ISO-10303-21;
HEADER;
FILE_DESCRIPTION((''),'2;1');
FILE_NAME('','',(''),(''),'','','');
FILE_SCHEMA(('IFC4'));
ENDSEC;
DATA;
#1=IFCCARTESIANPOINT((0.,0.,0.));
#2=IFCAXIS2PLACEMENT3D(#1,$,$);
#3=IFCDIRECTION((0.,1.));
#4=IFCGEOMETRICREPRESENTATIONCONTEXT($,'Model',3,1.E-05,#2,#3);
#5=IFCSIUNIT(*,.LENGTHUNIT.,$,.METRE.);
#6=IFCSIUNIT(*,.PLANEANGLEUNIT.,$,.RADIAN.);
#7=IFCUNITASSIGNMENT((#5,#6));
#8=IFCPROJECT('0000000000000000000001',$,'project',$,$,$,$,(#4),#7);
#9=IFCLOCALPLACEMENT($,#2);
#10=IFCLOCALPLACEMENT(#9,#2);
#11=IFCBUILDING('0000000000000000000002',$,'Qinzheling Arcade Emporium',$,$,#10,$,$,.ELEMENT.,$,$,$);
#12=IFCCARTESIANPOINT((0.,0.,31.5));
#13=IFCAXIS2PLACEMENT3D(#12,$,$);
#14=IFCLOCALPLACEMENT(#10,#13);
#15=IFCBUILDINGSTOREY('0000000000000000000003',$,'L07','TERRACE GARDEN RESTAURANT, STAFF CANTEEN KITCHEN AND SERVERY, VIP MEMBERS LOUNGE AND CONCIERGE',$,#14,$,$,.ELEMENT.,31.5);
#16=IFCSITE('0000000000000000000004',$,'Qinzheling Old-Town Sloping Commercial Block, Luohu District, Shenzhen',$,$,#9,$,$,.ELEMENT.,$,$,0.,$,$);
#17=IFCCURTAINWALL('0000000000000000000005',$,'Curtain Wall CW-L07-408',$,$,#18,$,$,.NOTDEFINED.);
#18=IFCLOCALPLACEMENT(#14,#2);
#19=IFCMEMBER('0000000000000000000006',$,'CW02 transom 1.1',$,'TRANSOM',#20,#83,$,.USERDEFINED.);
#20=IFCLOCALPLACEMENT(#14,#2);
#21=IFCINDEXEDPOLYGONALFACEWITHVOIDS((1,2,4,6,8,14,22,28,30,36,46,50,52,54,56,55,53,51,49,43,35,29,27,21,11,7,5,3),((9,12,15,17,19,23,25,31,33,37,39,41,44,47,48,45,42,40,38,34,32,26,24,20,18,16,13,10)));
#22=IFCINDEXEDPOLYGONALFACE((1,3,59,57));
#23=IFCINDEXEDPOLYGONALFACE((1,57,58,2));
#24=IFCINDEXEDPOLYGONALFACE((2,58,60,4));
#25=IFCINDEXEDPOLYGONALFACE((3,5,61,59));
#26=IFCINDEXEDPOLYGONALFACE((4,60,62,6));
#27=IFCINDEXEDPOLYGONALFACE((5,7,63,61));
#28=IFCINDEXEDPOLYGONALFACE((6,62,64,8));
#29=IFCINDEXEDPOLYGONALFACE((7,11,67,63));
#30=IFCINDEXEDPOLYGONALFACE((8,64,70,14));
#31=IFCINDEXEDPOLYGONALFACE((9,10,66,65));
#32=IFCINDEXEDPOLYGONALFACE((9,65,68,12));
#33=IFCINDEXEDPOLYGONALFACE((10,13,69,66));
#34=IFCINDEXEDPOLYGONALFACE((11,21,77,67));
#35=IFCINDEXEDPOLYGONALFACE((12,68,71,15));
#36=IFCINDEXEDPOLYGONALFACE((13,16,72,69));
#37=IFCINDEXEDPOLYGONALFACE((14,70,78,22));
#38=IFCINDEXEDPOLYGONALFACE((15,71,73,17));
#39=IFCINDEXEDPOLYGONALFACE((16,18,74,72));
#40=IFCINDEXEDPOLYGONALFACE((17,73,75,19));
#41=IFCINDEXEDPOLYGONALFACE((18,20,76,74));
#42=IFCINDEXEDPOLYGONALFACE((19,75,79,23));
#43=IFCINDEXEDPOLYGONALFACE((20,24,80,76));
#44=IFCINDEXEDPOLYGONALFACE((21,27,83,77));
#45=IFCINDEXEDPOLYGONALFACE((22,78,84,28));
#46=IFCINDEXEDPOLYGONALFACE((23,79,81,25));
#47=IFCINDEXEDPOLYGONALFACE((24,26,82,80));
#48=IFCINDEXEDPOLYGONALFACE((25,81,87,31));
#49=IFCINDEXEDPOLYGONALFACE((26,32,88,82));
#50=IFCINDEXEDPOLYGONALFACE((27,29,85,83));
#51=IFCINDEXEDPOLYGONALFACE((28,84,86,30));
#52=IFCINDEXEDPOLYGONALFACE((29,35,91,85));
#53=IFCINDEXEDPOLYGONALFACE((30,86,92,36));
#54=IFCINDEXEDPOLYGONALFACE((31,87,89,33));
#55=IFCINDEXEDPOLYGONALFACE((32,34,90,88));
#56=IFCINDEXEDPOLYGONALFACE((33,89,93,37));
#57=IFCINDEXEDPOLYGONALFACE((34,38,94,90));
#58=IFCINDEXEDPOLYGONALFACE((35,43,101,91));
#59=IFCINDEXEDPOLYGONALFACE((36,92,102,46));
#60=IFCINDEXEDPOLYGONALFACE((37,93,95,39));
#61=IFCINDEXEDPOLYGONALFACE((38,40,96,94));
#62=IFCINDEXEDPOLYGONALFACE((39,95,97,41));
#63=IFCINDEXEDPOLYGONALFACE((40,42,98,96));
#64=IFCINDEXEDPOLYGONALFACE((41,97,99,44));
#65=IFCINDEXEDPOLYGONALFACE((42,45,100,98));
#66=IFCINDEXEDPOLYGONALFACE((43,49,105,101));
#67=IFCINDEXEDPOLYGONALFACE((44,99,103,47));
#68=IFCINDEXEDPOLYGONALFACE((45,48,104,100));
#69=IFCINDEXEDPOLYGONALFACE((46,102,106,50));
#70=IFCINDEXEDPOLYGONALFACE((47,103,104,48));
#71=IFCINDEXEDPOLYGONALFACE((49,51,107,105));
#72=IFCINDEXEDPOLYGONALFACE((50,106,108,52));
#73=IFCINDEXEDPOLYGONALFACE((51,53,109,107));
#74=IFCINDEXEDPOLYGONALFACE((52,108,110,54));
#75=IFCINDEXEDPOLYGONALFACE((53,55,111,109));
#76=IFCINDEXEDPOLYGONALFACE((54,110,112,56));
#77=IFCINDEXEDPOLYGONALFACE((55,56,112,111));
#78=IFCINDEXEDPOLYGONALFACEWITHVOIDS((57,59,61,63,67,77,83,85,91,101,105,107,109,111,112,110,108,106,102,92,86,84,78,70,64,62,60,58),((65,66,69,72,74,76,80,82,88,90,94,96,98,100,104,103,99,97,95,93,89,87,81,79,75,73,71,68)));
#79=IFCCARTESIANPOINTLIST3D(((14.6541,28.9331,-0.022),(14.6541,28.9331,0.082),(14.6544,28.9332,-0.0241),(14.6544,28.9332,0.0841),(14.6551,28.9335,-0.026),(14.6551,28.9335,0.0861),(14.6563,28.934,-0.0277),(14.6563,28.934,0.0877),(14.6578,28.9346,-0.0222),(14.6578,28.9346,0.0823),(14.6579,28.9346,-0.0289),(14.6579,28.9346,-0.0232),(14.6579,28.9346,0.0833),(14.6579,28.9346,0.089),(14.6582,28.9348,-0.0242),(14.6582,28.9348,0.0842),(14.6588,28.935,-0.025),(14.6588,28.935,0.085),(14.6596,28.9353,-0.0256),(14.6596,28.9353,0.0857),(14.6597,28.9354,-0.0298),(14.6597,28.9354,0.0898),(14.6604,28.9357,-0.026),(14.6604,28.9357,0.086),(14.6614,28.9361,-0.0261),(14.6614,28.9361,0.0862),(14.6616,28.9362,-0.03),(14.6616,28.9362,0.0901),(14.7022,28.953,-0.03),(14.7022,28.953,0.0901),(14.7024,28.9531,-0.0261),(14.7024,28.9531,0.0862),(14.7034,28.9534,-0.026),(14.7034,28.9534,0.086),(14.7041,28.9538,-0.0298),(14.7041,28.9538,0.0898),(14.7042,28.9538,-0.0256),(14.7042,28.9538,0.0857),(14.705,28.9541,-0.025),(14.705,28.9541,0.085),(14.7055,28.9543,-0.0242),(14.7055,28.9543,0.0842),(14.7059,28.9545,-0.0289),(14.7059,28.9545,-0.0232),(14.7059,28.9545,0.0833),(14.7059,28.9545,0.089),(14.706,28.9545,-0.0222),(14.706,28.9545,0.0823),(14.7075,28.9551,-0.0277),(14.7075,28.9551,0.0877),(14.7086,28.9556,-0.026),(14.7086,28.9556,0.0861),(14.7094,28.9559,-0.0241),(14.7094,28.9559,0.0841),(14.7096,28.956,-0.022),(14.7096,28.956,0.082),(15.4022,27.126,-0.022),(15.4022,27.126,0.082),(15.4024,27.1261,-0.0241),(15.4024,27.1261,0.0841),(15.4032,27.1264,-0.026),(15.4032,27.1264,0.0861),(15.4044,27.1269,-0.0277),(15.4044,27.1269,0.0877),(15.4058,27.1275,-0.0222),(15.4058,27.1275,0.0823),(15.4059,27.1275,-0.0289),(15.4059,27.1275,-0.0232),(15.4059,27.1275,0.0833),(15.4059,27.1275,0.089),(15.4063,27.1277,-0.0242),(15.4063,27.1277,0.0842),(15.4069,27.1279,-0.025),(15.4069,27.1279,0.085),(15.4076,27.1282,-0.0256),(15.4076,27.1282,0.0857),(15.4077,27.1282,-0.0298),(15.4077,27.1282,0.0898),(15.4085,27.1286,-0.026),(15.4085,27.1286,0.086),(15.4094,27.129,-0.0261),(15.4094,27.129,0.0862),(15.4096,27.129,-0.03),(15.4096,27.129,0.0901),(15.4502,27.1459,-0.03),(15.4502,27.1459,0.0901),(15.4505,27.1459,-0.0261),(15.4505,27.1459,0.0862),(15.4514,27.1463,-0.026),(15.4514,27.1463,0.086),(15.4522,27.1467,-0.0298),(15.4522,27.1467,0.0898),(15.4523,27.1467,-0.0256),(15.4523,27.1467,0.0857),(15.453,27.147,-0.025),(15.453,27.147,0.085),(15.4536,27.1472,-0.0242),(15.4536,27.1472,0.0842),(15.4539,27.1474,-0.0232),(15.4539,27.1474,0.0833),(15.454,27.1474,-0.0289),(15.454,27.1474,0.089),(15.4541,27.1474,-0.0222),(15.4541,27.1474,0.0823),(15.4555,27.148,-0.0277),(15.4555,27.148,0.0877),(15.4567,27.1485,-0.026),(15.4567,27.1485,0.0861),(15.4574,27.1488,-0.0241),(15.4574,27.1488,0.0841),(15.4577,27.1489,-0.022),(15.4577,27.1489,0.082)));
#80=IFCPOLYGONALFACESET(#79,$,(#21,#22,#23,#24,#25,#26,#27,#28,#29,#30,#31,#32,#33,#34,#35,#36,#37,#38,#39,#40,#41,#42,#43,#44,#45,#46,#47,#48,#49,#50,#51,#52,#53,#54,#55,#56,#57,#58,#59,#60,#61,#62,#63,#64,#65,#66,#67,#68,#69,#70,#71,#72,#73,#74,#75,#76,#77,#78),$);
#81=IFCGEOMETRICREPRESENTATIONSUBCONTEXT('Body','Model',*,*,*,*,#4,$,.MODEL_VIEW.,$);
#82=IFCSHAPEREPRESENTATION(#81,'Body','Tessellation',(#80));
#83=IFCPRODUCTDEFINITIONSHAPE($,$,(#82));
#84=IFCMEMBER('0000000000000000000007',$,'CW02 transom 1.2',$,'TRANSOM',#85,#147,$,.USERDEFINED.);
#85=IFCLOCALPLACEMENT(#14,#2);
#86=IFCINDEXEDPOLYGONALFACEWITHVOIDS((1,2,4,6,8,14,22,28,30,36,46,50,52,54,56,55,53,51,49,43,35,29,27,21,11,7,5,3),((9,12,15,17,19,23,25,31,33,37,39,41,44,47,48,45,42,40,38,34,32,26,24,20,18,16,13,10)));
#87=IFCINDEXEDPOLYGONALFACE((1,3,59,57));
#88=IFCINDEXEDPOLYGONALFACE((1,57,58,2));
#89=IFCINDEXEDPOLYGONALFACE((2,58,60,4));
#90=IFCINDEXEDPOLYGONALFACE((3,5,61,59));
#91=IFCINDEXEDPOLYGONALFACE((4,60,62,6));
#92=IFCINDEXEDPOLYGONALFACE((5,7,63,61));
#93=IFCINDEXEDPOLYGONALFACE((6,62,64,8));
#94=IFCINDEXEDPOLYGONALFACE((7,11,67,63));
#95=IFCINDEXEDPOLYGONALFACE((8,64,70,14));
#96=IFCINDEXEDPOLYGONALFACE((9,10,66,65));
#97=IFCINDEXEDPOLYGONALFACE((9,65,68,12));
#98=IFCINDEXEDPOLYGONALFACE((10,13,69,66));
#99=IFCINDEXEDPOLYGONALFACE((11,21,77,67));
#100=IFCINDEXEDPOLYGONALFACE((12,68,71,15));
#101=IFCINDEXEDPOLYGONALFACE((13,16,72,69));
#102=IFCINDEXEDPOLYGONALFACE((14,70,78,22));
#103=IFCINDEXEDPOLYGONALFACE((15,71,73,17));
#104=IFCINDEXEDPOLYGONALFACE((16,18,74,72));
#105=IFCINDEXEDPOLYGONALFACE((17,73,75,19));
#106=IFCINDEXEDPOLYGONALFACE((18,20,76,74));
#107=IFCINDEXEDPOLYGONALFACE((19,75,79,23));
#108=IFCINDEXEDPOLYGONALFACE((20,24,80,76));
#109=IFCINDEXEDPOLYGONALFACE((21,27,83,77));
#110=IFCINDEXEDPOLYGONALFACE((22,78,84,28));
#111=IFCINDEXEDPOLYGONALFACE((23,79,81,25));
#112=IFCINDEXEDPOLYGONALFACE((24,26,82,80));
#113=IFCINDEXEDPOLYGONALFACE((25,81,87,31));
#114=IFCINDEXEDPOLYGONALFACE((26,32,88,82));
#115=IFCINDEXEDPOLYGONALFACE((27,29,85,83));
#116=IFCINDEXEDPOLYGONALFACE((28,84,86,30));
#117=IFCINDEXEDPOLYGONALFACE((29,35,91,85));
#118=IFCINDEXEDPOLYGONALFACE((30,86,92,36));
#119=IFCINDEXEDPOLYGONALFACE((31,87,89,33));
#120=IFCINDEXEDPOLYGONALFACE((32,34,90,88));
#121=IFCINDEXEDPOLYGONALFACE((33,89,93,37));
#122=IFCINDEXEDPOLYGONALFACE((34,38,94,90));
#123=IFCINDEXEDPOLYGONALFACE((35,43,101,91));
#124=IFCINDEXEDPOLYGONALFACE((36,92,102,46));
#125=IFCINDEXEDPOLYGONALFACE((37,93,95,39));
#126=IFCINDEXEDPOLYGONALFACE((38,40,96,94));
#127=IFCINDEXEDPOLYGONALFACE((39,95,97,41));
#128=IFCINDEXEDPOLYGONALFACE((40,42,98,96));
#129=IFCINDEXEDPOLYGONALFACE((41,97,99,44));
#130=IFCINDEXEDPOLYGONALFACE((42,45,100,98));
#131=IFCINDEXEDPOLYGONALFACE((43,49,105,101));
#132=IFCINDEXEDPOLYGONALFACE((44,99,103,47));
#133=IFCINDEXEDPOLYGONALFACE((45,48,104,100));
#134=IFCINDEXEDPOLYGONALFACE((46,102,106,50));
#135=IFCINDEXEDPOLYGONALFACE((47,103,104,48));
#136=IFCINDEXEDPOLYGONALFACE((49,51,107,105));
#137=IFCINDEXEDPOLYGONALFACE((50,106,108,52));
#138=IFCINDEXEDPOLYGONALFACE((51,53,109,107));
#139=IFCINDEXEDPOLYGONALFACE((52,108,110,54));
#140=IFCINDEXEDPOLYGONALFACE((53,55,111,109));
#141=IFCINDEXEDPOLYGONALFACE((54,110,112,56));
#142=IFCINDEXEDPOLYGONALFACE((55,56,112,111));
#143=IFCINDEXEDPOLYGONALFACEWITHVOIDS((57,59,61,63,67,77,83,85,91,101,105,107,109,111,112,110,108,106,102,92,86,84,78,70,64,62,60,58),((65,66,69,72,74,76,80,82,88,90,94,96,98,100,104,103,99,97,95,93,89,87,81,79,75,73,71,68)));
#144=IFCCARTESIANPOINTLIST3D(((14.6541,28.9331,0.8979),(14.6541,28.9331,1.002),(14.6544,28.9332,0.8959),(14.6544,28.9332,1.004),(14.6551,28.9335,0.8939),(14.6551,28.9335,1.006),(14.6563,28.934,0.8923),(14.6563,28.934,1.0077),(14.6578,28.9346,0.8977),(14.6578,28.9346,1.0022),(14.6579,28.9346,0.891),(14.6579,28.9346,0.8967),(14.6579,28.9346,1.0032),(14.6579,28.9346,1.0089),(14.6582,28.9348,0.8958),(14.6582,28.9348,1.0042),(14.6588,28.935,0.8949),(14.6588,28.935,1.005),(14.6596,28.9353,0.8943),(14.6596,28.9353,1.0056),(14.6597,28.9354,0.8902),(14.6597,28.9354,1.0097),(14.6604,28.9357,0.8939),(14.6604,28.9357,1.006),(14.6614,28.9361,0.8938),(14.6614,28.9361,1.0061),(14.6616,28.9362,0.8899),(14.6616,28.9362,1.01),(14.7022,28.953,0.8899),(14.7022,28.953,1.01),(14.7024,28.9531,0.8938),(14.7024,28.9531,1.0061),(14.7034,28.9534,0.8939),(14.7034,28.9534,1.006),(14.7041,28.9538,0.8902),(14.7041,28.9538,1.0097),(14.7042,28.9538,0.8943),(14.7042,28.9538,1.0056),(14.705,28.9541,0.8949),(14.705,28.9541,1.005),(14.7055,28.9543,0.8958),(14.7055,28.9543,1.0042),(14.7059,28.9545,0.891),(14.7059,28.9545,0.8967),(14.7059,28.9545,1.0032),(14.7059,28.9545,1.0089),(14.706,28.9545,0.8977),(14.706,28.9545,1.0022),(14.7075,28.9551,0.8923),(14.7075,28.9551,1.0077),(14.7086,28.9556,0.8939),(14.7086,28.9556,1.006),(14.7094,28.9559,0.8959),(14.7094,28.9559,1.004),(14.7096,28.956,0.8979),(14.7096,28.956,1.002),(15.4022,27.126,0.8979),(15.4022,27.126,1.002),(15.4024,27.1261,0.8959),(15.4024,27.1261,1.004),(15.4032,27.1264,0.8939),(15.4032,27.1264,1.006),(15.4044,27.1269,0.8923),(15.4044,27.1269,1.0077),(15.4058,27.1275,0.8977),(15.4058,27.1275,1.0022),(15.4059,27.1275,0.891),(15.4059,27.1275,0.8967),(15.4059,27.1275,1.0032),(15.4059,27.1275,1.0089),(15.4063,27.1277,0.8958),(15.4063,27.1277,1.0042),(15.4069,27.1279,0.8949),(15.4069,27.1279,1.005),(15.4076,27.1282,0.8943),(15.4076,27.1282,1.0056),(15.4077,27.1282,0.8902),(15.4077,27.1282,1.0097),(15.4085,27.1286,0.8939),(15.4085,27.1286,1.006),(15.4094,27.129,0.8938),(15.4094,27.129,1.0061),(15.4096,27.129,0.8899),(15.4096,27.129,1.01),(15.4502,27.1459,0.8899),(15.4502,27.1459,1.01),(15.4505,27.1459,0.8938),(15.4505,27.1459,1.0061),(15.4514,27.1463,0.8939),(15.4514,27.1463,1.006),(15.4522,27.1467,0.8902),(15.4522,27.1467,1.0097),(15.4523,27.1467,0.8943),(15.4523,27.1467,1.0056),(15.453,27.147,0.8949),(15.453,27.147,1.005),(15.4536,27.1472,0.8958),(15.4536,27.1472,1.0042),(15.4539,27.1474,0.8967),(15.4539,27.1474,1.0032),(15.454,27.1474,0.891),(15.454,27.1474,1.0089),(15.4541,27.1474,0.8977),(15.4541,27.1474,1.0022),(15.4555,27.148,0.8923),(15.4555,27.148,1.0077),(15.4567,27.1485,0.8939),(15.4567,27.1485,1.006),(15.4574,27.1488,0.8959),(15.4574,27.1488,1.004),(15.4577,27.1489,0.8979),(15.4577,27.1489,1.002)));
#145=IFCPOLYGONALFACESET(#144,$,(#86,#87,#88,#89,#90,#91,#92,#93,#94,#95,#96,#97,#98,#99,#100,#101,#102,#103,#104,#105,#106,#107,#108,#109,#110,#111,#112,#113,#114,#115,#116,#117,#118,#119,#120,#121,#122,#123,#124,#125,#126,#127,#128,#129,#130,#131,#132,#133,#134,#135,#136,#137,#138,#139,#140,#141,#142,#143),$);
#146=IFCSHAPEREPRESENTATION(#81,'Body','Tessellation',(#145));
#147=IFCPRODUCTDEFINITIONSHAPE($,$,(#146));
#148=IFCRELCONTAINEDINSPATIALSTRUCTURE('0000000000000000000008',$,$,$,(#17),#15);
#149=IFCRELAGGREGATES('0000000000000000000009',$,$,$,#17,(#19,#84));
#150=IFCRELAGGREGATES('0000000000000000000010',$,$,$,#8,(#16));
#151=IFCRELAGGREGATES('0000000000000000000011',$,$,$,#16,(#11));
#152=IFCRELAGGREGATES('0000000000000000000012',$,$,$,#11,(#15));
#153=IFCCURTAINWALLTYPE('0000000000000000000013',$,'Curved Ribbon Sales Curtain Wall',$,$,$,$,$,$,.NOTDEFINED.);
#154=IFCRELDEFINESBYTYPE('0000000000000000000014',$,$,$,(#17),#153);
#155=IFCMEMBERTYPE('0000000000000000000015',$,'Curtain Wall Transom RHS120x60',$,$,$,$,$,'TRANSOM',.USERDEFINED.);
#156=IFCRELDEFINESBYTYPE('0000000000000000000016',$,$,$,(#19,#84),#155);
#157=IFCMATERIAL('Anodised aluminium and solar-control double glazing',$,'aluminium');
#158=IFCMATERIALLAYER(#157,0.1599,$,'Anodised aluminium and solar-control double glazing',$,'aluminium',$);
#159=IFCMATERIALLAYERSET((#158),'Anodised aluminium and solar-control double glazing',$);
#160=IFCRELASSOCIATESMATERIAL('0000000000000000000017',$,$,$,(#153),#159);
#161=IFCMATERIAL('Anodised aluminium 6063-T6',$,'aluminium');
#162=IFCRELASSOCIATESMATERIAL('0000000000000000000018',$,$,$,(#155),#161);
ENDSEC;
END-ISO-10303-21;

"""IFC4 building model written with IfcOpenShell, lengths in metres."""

from ifc_helpers import new_model, si_unit, direction, frame, origin, origin_2d, place, context, subcontext, project, spatial, hollow_rectangle, extrude, material, layer, layer_set, material_profile, profile_set, type_object, element, aggregate, save


model = new_model("IFC4")

# Units and contexts
model_context = context("Model", 3, precision=1e-05, world=origin(), true_north=direction((0.0, 1.0)))
body_context = subcontext(model_context, "Body", "Model", "MODEL_VIEW")
ifc_project = project(units=[si_unit("LENGTHUNIT", "METRE"), si_unit("PLANEANGLEUNIT", "RADIAN")], contexts=[model_context])

# Site, building, storey
site_placement = place(None, origin())
site = spatial("IfcSite", under=ifc_project, at=site_placement, Name="Qinzheling Old-Town Sloping Commercial Block, Luohu District, Shenzhen", CompositionType="ELEMENT", RefElevation=0.0)
building_placement = place(site_placement, origin())
building = spatial("IfcBuilding", under=site, at=building_placement, Name="Qinzheling Arcade Emporium", CompositionType="ELEMENT")
storey_placement = place(building_placement, frame((0.0, 0.0, 31.5)))
storey = spatial("IfcBuildingStorey", under=building, at=storey_placement, Name="L07", Description="TERRACE GARDEN RESTAURANT, STAFF CANTEEN KITCHEN AND SERVERY, VIP MEMBERS LOUNGE AND CONCIERGE", CompositionType="ELEMENT", Elevation=31.5)

# Shared definitions
ifc_material_1 = material(Name="Anodised aluminium and solar-control double glazing", Category="aluminium")
ifc_layer_1 = layer(ifc_material_1, 0.1599, Name="Anodised aluminium and solar-control double glazing", Category="aluminium")
ifc_layer_set_1 = layer_set([ifc_layer_1], Name="Anodised aluminium and solar-control double glazing")
curtain_wall_type = type_object("IfcCurtainWallType", Name="Curved Ribbon Sales Curtain Wall", PredefinedType="NOTDEFINED", material=ifc_layer_set_1)
ifc_material_2 = material(Name="Anodised aluminium 6063-T6", Category="aluminium")

# Curtain wall
curtain_wall_1_placement = place(storey_placement, origin())
curtain_wall_1 = element("IfcCurtainWall", 1, at=curtain_wall_1_placement, inside=storey, type_object=curtain_wall_type, Name="Curtain Wall CW-L07-408", PredefinedType="NOTDEFINED")

# Members
ifc_material_profile_1 = material_profile(ifc_material_2, hollow_rectangle(XDim=0.0601, YDim=0.1201, WallThickness=0.0039, InnerFilletRadius=0.0039, OuterFilletRadius=0.0081, at=origin_2d()), Name="RHS 120x60x4", Category="aluminium")
ifc_profile_set_1 = profile_set([ifc_material_profile_1], Name="Anodised aluminium 6063-T6")
member_type_1 = type_object("IfcMemberType", Name="Curtain Wall Transom RHS120x60", ElementType="TRANSOM", PredefinedType="USERDEFINED", material=ifc_profile_set_1)
member_1_placement = place(storey_placement, frame((15.4299, 27.1375, 0.03), z_axis=(-0.382469, 0.923968, 0.0), x_axis=(-0.923968, -0.382469, 0.0)))
member_1 = element("IfcMember", 2, at=member_1_placement, type_object=member_type_1, Name="CW02 transom 1.1", ObjectType="TRANSOM", PredefinedType="USERDEFINED", context=body_context, shape_type="SweptSolid", body=[
    extrude(hollow_rectangle(XDim=0.0601, YDim=0.1201, WallThickness=0.0039, InnerFilletRadius=0.0039, OuterFilletRadius=0.0081, at=origin_2d()), origin(), (0.0, 0.0, 1.0), 1.9558),
])
member_2_placement = place(storey_placement, frame((15.4299, 27.1375, 0.95), z_axis=(-0.382469, 0.923968, 0.0), x_axis=(-0.923968, -0.382469, 0.0)))
member_2 = element("IfcMember", 3, at=member_2_placement, type_object=member_type_1, Name="CW02 transom 1.2", ObjectType="TRANSOM", PredefinedType="USERDEFINED", context=body_context, shape_type="SweptSolid", body=[
    extrude(hollow_rectangle(XDim=0.0601, YDim=0.1201, WallThickness=0.0039, InnerFilletRadius=0.0039, OuterFilletRadius=0.0081, at=origin_2d()), origin(), (0.0, 0.0, 1.0), 1.9558),
])
aggregate(curtain_wall_1, [member_1, member_2])

save(model, "model.ifc")
